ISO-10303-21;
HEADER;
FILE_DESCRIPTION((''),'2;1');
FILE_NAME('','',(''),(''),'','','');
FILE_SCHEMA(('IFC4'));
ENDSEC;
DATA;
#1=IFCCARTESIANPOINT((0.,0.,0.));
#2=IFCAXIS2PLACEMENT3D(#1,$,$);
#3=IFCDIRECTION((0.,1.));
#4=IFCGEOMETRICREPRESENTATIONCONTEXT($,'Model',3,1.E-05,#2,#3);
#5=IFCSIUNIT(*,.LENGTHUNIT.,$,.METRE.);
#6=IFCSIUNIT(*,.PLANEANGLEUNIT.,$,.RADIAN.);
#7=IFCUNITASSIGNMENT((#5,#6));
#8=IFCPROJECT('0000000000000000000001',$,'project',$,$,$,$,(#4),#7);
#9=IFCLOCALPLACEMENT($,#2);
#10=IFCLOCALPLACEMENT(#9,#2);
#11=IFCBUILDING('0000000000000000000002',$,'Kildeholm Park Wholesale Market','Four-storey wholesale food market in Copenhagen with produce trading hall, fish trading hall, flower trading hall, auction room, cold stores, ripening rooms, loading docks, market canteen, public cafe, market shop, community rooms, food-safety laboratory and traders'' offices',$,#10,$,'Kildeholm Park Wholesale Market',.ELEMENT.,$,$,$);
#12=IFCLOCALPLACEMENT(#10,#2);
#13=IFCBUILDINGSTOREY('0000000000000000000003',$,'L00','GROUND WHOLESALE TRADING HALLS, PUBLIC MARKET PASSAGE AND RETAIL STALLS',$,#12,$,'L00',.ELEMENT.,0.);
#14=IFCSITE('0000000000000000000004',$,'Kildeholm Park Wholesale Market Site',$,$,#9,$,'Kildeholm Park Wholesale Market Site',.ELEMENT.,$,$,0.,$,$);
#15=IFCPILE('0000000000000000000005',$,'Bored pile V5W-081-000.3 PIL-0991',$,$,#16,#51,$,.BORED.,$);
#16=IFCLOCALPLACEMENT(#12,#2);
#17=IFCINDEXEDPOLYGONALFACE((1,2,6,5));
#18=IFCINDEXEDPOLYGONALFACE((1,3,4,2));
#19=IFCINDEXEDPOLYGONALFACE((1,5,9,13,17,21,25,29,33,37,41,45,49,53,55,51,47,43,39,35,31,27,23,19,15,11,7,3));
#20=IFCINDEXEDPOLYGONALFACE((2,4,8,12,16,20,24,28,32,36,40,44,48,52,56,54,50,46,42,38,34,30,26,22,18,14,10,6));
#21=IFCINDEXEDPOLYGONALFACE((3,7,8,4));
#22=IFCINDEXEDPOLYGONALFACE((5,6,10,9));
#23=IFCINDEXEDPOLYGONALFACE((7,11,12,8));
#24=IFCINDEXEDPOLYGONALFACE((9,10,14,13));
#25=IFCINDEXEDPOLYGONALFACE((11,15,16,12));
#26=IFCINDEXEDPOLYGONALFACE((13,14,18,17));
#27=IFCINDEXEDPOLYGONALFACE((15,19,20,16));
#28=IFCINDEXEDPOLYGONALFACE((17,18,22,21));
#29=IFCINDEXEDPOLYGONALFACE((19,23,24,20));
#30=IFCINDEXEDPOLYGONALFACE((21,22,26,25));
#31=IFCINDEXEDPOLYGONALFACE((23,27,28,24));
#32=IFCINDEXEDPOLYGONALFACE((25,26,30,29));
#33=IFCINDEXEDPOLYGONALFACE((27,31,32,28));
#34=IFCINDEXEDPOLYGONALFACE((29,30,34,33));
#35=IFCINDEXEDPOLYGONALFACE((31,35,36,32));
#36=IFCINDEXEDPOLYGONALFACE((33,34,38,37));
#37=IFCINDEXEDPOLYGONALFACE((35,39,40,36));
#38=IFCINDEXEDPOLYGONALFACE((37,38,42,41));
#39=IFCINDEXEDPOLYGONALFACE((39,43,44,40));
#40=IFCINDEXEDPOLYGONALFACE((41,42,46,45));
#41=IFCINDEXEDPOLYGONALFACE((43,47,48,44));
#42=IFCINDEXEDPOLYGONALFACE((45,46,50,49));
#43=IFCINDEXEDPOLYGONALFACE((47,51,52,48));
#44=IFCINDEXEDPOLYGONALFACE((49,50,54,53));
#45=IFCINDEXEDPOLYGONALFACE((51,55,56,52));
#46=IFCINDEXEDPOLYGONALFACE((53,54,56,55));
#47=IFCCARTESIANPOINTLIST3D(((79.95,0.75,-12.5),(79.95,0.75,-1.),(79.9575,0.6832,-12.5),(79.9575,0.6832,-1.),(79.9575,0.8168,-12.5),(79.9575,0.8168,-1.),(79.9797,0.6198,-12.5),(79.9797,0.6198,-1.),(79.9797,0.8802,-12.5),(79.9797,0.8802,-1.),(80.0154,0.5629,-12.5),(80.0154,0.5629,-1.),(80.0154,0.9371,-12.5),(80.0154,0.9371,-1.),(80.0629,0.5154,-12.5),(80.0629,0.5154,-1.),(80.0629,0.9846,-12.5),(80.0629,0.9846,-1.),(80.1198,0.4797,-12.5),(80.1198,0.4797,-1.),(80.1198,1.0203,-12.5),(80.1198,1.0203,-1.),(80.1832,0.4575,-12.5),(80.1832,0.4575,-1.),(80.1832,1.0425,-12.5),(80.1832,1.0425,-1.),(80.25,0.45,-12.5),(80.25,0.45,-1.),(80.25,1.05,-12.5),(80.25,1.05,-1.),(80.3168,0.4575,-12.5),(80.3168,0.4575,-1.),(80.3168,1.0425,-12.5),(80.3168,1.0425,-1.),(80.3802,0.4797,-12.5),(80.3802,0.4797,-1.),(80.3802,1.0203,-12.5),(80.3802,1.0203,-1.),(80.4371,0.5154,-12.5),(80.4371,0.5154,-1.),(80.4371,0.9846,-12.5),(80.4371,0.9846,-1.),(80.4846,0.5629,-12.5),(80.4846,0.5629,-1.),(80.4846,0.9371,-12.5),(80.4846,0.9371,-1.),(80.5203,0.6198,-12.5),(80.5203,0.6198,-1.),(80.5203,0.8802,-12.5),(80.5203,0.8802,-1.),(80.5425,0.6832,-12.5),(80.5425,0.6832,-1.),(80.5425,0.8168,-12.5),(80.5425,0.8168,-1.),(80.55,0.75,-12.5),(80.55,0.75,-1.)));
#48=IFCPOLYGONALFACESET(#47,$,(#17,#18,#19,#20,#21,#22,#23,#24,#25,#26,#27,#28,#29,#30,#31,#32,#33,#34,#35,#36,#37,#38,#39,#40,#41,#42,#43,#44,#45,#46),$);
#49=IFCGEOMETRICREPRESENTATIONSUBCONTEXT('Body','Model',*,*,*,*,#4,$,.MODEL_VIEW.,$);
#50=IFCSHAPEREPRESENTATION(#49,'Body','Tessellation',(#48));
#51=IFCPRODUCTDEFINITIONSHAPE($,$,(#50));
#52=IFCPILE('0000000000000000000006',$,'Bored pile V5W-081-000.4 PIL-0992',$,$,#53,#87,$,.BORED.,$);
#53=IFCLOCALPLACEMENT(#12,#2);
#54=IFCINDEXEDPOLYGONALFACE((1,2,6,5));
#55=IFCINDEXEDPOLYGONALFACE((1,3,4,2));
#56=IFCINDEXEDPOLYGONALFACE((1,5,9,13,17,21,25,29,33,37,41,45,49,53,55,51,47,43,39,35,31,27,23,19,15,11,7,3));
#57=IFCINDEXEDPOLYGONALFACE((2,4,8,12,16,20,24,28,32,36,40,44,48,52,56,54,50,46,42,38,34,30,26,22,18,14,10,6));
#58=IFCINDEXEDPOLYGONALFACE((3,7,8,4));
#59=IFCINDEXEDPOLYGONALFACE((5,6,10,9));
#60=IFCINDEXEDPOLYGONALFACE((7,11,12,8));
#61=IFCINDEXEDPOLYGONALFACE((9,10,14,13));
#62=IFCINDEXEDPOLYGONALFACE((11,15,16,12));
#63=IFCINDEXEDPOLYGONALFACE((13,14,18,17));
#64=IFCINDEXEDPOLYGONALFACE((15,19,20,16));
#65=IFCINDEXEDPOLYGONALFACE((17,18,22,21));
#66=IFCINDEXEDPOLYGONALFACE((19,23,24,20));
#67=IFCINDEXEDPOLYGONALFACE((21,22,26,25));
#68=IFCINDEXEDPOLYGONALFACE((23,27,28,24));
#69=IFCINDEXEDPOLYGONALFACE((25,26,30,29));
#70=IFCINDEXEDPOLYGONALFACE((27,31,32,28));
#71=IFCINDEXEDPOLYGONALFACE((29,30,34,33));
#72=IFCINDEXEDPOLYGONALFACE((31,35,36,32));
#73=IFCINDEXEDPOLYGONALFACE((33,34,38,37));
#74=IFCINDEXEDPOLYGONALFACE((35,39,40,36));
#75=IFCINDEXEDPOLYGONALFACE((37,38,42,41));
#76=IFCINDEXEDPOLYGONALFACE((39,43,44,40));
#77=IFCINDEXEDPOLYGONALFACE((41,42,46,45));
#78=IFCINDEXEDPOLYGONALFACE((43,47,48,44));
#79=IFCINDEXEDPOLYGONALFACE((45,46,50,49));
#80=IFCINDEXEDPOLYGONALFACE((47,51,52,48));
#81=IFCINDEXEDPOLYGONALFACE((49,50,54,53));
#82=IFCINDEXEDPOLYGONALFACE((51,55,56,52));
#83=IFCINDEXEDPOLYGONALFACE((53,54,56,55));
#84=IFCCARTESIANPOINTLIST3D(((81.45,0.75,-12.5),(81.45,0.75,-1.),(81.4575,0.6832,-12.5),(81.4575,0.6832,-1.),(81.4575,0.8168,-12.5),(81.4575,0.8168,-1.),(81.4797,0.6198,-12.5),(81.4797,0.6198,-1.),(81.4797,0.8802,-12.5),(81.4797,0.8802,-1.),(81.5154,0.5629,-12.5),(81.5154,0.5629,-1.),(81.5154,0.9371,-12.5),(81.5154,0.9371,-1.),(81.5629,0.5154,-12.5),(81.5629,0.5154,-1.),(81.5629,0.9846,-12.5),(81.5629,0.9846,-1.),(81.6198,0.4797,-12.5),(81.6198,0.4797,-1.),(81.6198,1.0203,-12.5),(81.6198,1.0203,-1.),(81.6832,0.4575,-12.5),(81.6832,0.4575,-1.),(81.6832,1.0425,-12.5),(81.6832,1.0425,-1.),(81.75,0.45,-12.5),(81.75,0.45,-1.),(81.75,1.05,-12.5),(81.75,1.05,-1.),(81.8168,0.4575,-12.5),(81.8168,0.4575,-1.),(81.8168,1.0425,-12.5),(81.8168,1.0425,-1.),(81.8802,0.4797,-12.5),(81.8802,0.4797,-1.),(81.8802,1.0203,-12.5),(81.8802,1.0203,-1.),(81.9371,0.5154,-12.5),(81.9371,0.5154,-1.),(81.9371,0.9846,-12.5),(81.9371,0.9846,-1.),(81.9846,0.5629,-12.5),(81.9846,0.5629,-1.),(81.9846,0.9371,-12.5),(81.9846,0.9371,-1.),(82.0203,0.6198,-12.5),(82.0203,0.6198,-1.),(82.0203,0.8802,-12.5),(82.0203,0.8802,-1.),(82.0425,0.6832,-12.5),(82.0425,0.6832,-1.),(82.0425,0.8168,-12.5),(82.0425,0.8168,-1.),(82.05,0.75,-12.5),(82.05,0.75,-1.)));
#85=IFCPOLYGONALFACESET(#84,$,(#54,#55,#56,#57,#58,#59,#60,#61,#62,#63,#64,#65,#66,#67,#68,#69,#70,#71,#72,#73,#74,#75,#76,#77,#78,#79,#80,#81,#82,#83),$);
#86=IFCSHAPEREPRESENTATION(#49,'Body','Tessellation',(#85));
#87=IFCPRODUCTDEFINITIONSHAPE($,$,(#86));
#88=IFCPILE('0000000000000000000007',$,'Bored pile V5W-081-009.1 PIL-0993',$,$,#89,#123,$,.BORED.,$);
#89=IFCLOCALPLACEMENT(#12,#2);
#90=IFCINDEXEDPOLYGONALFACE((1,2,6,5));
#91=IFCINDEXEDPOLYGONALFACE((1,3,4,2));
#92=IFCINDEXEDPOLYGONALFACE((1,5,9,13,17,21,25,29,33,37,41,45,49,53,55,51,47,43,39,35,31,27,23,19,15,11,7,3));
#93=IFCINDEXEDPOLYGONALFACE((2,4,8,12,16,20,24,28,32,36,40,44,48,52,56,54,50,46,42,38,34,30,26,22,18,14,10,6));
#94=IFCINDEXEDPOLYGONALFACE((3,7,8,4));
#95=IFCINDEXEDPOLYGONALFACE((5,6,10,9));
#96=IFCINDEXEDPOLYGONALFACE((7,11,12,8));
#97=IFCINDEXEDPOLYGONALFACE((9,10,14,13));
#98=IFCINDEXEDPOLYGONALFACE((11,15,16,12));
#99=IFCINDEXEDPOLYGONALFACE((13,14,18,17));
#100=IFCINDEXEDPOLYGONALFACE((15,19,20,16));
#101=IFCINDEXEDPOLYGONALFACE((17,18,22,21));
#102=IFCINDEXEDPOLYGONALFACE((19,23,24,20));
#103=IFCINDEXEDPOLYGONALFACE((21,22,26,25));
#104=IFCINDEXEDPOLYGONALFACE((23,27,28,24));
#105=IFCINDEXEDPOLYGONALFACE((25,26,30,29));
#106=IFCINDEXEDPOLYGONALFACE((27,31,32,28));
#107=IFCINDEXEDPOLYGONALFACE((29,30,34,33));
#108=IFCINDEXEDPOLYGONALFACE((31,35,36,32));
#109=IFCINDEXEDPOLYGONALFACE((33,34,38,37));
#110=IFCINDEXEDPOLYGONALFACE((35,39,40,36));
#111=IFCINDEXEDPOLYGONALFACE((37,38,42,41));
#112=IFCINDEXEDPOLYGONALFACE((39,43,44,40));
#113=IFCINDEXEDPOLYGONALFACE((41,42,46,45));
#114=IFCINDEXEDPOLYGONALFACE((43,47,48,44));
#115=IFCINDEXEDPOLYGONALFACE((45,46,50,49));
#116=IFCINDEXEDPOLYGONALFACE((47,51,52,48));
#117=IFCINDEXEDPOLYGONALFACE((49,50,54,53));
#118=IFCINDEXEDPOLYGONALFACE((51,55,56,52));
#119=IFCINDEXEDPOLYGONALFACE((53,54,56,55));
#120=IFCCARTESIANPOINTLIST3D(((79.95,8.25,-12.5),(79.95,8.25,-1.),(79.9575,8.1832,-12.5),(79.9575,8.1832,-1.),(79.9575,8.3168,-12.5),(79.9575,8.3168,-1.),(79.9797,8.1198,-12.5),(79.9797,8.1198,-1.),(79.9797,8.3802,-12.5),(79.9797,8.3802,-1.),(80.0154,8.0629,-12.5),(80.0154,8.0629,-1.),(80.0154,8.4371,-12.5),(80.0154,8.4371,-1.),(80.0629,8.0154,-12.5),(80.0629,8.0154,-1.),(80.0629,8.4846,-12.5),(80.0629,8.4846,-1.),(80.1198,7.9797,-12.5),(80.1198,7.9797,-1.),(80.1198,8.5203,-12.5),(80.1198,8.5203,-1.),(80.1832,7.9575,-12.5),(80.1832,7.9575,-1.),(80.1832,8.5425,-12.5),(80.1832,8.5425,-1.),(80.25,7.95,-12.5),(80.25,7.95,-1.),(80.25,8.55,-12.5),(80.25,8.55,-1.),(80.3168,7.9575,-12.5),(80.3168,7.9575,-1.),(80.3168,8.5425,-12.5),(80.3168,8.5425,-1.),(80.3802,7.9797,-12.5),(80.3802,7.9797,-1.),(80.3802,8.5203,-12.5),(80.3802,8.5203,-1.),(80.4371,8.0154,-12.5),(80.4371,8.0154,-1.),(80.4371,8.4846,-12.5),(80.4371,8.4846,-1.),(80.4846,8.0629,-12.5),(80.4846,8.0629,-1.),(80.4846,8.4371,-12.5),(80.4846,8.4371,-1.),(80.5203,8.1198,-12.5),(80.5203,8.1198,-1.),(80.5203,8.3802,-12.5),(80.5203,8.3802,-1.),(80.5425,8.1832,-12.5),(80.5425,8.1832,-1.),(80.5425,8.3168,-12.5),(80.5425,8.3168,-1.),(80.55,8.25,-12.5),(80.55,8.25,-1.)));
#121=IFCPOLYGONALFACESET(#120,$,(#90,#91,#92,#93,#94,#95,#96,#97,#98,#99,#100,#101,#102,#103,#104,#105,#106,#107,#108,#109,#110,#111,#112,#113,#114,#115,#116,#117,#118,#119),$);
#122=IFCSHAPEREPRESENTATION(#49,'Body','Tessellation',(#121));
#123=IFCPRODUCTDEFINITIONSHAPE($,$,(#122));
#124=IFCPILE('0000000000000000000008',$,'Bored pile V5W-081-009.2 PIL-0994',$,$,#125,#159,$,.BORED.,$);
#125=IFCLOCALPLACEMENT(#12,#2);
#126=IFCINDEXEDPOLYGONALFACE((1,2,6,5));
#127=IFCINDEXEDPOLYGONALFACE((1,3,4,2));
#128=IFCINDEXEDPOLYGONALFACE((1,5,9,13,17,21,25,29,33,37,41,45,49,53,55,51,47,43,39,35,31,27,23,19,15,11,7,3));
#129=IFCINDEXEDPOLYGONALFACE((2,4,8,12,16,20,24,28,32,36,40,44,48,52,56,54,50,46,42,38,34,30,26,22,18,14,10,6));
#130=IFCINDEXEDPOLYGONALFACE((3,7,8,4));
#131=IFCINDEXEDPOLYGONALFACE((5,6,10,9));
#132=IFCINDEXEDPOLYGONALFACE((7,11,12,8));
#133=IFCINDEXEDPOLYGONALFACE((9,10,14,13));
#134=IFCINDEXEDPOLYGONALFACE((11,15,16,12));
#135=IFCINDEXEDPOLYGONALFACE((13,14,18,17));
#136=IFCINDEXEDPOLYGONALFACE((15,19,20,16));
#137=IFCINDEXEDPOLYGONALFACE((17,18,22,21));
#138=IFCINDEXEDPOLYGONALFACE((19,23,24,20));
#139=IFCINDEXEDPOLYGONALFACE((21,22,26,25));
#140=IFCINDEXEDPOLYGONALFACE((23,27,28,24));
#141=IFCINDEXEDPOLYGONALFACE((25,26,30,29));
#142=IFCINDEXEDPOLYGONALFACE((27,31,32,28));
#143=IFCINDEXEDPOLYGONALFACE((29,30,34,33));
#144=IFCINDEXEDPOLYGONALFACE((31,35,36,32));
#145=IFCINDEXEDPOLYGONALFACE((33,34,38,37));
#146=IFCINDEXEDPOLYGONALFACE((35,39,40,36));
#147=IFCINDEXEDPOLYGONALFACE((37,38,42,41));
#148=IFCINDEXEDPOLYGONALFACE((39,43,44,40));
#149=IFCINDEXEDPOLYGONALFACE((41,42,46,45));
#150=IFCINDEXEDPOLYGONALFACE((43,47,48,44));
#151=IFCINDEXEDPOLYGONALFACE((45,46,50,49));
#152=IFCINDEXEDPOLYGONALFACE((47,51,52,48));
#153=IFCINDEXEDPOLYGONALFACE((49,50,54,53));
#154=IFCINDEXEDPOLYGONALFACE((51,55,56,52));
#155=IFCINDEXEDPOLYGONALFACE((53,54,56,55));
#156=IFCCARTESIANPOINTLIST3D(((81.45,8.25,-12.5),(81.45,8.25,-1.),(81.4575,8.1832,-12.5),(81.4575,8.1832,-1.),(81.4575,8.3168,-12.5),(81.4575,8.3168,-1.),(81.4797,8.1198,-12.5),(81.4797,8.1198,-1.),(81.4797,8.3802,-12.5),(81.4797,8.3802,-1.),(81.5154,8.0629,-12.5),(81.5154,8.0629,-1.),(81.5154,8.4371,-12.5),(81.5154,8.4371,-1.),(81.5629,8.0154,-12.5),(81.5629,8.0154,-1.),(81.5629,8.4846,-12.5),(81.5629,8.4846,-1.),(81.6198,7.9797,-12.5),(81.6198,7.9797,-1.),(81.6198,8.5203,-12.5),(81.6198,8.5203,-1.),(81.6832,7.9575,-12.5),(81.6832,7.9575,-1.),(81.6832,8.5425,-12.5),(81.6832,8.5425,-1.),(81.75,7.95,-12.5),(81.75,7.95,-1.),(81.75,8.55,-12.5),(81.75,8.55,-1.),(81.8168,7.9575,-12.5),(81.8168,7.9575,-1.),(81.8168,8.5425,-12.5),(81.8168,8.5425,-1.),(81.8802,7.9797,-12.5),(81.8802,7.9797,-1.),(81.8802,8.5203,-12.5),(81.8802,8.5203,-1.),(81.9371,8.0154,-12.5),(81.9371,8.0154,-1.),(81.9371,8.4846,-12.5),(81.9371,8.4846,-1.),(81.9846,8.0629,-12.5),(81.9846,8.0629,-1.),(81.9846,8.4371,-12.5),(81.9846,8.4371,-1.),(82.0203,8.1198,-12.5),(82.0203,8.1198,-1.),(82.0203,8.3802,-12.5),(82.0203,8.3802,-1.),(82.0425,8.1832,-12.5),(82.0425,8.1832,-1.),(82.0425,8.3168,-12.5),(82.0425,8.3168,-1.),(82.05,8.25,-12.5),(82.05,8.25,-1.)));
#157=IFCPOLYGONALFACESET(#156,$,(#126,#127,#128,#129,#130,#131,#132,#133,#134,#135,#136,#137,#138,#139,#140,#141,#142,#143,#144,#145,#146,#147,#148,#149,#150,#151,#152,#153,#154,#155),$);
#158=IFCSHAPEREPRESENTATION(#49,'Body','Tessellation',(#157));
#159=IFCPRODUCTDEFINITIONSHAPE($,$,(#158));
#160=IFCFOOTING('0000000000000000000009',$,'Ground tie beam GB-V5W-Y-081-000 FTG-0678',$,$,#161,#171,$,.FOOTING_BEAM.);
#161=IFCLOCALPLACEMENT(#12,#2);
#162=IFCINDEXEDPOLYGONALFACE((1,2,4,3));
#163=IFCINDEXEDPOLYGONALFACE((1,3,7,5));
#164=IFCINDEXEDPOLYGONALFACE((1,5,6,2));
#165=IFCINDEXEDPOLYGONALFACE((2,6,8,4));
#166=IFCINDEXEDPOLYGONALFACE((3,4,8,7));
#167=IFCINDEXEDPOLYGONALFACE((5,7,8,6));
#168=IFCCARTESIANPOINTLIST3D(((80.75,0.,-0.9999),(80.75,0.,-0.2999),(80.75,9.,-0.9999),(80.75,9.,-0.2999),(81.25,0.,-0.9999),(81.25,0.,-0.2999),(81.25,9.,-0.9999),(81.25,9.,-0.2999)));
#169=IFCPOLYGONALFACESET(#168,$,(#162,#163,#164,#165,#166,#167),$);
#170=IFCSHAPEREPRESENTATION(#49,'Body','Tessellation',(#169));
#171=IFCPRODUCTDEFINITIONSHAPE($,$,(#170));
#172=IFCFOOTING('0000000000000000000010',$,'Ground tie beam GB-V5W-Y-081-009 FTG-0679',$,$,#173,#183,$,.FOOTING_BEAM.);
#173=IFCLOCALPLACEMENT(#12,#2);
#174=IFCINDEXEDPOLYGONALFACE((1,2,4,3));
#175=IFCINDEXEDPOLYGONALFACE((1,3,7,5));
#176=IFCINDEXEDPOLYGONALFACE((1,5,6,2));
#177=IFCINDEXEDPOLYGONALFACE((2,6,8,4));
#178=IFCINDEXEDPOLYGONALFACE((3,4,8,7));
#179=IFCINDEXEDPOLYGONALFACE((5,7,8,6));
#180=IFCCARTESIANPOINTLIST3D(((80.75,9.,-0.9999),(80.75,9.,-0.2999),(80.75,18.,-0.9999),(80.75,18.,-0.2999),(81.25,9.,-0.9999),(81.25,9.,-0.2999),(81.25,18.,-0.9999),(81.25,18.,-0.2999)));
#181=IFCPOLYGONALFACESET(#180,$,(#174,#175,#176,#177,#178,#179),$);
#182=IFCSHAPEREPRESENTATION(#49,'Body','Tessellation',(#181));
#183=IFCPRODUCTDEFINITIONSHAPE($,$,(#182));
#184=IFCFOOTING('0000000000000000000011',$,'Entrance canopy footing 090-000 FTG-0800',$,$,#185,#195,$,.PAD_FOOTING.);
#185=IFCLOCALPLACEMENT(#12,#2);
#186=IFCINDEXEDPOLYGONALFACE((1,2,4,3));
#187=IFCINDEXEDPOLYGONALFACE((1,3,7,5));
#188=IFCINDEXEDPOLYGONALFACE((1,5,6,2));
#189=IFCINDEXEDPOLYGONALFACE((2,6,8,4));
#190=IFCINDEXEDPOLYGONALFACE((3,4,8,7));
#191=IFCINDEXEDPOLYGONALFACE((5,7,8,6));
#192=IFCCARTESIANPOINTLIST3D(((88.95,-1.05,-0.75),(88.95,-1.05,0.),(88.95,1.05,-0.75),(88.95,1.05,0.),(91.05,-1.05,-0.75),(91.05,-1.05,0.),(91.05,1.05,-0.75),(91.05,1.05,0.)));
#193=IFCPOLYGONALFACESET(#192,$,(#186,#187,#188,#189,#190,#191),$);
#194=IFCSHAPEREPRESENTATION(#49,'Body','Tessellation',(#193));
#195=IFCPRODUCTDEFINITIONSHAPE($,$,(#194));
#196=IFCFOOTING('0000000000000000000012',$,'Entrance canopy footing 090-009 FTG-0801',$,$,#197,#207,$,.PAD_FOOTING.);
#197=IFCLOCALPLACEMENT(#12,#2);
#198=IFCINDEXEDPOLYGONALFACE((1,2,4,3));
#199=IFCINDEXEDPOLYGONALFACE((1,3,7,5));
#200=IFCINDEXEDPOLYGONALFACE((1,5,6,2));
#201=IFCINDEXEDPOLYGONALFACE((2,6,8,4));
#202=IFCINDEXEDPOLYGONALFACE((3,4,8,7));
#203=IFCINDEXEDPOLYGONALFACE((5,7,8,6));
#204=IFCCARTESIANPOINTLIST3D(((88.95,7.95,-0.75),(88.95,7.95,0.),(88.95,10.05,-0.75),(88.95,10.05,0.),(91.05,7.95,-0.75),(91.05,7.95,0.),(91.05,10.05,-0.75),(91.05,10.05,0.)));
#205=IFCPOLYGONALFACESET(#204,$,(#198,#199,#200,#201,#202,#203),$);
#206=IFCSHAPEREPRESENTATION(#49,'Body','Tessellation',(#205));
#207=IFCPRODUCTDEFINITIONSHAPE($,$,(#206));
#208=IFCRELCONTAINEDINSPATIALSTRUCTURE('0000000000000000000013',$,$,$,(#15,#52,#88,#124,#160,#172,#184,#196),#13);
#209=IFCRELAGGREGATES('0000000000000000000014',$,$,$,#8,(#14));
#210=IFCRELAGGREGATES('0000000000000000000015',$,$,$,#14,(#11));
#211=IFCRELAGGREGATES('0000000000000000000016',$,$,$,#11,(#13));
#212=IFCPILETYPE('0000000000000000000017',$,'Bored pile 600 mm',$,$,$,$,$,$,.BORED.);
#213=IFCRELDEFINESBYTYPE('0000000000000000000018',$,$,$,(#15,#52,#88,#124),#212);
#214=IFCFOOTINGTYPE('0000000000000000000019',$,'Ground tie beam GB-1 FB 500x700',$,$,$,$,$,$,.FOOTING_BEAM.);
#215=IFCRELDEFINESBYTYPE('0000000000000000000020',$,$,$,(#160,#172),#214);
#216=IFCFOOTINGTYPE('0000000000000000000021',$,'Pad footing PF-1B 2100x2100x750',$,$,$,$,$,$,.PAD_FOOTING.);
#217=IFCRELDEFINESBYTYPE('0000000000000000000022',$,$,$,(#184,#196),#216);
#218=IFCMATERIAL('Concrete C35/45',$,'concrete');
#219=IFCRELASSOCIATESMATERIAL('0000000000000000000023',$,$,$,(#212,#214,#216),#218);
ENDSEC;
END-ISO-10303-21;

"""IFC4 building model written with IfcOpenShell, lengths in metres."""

from ifc_helpers import new_model, si_unit, direction, frame, origin, origin_2d, place, context, subcontext, project, spatial, rectangle, circle, extrude, material, material_profile, profile_set, type_object, element, save


model = new_model("IFC4")

# Units and contexts
model_context = context("Model", 3, precision=1e-05, world=origin(), true_north=direction((0.0, 1.0)))
body_context = subcontext(model_context, "Body", "Model", "MODEL_VIEW")
ifc_project = project(units=[si_unit("LENGTHUNIT", "METRE"), si_unit("PLANEANGLEUNIT", "RADIAN")], contexts=[model_context])

# Site, building, storey
site_placement = place(None, origin())
site = spatial("IfcSite", under=ifc_project, at=site_placement, Name="Kildeholm Park Wholesale Market Site", LongName="Kildeholm Park Wholesale Market Site", CompositionType="ELEMENT", RefElevation=0.0)
building_placement = place(site_placement, origin())
building = spatial("IfcBuilding", under=site, at=building_placement, Name="Kildeholm Park Wholesale Market", Description="Four-storey wholesale food market in Copenhagen with produce trading hall, fish trading hall, flower trading hall, auction room, cold stores, ripening rooms, loading docks, market canteen, public cafe, market shop, community rooms, food-safety laboratory and traders' offices", LongName="Kildeholm Park Wholesale Market", CompositionType="ELEMENT")
storey_placement = place(building_placement, origin())
storey = spatial("IfcBuildingStorey", under=building, at=storey_placement, Name="L00", Description="GROUND WHOLESALE TRADING HALLS, PUBLIC MARKET PASSAGE AND RETAIL STALLS", LongName="L00", CompositionType="ELEMENT", Elevation=0.0)

# Piles
ifc_material_1 = material(Name="Concrete C35/45", Category="concrete")
ifc_material_profile_1 = material_profile(ifc_material_1, circle(Radius=0.3, at=origin_2d()), Name="PILE D600")
ifc_profile_set_1 = profile_set([ifc_material_profile_1], Name="Concrete C35/45")
pile_type = type_object("IfcPileType", Name="Bored pile 600 mm", PredefinedType="BORED", material=ifc_profile_set_1)
for number, where, z_axis, x_axis, name in (
    (1, (80.25, 0.75, -1.0), (0.0, 0.0, -1.0), (1.0, 0.0, 0.0), "Bored pile V5W-081-000.3 PIL-0991"),
    (2, (81.75, 0.75, -1.0), (0.0, 0.0, -1.0), (1.0, 0.0, 0.0), "Bored pile V5W-081-000.4 PIL-0992"),
    (3, (80.25, 8.25, -1.0), (0.0, 0.0, -1.0), (1.0, 0.0, 0.0), "Bored pile V5W-081-009.1 PIL-0993"),
    (4, (81.75, 8.25, -1.0), (0.0, 0.0, -1.0), (1.0, 0.0, 0.0), "Bored pile V5W-081-009.2 PIL-0994"),
):
    element("IfcPile", number, at=place(storey_placement, frame(where, z_axis=z_axis, x_axis=x_axis)), inside=storey, type_object=pile_type, Name=name, PredefinedType="BORED", context=body_context, shape_type="SweptSolid", body=[
        extrude(circle(Radius=0.3, at=origin_2d()), origin(), (0.0, 0.0, 1.0), 11.5),
    ])

# Footings
ifc_material_profile_2 = material_profile(ifc_material_1, rectangle(XDim=0.5, YDim=0.7, at=origin_2d()), Name="FB 500x700")
ifc_profile_set_2 = profile_set([ifc_material_profile_2], Name="Concrete C35/45")
footing_type_1 = type_object("IfcFootingType", Name="Ground tie beam GB-1 FB 500x700", PredefinedType="FOOTING_BEAM", material=ifc_profile_set_2)
for number, where, z_axis, x_axis, name in (
    (5, (81.0, 0.0, -0.6499), (0.0, 1.0, 0.0), (-1.0, 0.0, 0.0), "Ground tie beam GB-V5W-Y-081-000 FTG-0678"),
    (6, (81.0, 9.0, -0.6499), (0.0, 1.0, 0.0), (-1.0, 0.0, 0.0), "Ground tie beam GB-V5W-Y-081-009 FTG-0679"),
):
    element("IfcFooting", number, at=place(storey_placement, frame(where, z_axis=z_axis, x_axis=x_axis)), inside=storey, type_object=footing_type_1, Name=name, PredefinedType="FOOTING_BEAM", context=body_context, shape_type="SweptSolid", body=[
        extrude(rectangle(XDim=0.5, YDim=0.7, at=origin_2d()), origin(), (0.0, 0.0, 1.0), 9.0),
    ])
footing_type_2 = type_object("IfcFootingType", Name="Pad footing PF-1B 2100x2100x750", PredefinedType="PAD_FOOTING", material=ifc_material_1)
for number, where, z_axis, x_axis, name in (
    (7, (90.0, 0.0, -0.75), (0.0, 0.0, 1.0), (1.0, 0.0, 0.0), "Entrance canopy footing 090-000 FTG-0800"),
    (8, (90.0, 9.0, -0.75), (0.0, 0.0, 1.0), (1.0, 0.0, 0.0), "Entrance canopy footing 090-009 FTG-0801"),
):
    element("IfcFooting", number, at=place(storey_placement, frame(where, z_axis=z_axis, x_axis=x_axis)), inside=storey, type_object=footing_type_2, Name=name, PredefinedType="PAD_FOOTING", context=body_context, shape_type="SweptSolid", body=[
        extrude(rectangle(XDim=2.1001, YDim=2.1001, at=origin_2d()), origin(), (0.0, 0.0, 1.0), 0.75),
    ])

save(model, "model.ifc")
